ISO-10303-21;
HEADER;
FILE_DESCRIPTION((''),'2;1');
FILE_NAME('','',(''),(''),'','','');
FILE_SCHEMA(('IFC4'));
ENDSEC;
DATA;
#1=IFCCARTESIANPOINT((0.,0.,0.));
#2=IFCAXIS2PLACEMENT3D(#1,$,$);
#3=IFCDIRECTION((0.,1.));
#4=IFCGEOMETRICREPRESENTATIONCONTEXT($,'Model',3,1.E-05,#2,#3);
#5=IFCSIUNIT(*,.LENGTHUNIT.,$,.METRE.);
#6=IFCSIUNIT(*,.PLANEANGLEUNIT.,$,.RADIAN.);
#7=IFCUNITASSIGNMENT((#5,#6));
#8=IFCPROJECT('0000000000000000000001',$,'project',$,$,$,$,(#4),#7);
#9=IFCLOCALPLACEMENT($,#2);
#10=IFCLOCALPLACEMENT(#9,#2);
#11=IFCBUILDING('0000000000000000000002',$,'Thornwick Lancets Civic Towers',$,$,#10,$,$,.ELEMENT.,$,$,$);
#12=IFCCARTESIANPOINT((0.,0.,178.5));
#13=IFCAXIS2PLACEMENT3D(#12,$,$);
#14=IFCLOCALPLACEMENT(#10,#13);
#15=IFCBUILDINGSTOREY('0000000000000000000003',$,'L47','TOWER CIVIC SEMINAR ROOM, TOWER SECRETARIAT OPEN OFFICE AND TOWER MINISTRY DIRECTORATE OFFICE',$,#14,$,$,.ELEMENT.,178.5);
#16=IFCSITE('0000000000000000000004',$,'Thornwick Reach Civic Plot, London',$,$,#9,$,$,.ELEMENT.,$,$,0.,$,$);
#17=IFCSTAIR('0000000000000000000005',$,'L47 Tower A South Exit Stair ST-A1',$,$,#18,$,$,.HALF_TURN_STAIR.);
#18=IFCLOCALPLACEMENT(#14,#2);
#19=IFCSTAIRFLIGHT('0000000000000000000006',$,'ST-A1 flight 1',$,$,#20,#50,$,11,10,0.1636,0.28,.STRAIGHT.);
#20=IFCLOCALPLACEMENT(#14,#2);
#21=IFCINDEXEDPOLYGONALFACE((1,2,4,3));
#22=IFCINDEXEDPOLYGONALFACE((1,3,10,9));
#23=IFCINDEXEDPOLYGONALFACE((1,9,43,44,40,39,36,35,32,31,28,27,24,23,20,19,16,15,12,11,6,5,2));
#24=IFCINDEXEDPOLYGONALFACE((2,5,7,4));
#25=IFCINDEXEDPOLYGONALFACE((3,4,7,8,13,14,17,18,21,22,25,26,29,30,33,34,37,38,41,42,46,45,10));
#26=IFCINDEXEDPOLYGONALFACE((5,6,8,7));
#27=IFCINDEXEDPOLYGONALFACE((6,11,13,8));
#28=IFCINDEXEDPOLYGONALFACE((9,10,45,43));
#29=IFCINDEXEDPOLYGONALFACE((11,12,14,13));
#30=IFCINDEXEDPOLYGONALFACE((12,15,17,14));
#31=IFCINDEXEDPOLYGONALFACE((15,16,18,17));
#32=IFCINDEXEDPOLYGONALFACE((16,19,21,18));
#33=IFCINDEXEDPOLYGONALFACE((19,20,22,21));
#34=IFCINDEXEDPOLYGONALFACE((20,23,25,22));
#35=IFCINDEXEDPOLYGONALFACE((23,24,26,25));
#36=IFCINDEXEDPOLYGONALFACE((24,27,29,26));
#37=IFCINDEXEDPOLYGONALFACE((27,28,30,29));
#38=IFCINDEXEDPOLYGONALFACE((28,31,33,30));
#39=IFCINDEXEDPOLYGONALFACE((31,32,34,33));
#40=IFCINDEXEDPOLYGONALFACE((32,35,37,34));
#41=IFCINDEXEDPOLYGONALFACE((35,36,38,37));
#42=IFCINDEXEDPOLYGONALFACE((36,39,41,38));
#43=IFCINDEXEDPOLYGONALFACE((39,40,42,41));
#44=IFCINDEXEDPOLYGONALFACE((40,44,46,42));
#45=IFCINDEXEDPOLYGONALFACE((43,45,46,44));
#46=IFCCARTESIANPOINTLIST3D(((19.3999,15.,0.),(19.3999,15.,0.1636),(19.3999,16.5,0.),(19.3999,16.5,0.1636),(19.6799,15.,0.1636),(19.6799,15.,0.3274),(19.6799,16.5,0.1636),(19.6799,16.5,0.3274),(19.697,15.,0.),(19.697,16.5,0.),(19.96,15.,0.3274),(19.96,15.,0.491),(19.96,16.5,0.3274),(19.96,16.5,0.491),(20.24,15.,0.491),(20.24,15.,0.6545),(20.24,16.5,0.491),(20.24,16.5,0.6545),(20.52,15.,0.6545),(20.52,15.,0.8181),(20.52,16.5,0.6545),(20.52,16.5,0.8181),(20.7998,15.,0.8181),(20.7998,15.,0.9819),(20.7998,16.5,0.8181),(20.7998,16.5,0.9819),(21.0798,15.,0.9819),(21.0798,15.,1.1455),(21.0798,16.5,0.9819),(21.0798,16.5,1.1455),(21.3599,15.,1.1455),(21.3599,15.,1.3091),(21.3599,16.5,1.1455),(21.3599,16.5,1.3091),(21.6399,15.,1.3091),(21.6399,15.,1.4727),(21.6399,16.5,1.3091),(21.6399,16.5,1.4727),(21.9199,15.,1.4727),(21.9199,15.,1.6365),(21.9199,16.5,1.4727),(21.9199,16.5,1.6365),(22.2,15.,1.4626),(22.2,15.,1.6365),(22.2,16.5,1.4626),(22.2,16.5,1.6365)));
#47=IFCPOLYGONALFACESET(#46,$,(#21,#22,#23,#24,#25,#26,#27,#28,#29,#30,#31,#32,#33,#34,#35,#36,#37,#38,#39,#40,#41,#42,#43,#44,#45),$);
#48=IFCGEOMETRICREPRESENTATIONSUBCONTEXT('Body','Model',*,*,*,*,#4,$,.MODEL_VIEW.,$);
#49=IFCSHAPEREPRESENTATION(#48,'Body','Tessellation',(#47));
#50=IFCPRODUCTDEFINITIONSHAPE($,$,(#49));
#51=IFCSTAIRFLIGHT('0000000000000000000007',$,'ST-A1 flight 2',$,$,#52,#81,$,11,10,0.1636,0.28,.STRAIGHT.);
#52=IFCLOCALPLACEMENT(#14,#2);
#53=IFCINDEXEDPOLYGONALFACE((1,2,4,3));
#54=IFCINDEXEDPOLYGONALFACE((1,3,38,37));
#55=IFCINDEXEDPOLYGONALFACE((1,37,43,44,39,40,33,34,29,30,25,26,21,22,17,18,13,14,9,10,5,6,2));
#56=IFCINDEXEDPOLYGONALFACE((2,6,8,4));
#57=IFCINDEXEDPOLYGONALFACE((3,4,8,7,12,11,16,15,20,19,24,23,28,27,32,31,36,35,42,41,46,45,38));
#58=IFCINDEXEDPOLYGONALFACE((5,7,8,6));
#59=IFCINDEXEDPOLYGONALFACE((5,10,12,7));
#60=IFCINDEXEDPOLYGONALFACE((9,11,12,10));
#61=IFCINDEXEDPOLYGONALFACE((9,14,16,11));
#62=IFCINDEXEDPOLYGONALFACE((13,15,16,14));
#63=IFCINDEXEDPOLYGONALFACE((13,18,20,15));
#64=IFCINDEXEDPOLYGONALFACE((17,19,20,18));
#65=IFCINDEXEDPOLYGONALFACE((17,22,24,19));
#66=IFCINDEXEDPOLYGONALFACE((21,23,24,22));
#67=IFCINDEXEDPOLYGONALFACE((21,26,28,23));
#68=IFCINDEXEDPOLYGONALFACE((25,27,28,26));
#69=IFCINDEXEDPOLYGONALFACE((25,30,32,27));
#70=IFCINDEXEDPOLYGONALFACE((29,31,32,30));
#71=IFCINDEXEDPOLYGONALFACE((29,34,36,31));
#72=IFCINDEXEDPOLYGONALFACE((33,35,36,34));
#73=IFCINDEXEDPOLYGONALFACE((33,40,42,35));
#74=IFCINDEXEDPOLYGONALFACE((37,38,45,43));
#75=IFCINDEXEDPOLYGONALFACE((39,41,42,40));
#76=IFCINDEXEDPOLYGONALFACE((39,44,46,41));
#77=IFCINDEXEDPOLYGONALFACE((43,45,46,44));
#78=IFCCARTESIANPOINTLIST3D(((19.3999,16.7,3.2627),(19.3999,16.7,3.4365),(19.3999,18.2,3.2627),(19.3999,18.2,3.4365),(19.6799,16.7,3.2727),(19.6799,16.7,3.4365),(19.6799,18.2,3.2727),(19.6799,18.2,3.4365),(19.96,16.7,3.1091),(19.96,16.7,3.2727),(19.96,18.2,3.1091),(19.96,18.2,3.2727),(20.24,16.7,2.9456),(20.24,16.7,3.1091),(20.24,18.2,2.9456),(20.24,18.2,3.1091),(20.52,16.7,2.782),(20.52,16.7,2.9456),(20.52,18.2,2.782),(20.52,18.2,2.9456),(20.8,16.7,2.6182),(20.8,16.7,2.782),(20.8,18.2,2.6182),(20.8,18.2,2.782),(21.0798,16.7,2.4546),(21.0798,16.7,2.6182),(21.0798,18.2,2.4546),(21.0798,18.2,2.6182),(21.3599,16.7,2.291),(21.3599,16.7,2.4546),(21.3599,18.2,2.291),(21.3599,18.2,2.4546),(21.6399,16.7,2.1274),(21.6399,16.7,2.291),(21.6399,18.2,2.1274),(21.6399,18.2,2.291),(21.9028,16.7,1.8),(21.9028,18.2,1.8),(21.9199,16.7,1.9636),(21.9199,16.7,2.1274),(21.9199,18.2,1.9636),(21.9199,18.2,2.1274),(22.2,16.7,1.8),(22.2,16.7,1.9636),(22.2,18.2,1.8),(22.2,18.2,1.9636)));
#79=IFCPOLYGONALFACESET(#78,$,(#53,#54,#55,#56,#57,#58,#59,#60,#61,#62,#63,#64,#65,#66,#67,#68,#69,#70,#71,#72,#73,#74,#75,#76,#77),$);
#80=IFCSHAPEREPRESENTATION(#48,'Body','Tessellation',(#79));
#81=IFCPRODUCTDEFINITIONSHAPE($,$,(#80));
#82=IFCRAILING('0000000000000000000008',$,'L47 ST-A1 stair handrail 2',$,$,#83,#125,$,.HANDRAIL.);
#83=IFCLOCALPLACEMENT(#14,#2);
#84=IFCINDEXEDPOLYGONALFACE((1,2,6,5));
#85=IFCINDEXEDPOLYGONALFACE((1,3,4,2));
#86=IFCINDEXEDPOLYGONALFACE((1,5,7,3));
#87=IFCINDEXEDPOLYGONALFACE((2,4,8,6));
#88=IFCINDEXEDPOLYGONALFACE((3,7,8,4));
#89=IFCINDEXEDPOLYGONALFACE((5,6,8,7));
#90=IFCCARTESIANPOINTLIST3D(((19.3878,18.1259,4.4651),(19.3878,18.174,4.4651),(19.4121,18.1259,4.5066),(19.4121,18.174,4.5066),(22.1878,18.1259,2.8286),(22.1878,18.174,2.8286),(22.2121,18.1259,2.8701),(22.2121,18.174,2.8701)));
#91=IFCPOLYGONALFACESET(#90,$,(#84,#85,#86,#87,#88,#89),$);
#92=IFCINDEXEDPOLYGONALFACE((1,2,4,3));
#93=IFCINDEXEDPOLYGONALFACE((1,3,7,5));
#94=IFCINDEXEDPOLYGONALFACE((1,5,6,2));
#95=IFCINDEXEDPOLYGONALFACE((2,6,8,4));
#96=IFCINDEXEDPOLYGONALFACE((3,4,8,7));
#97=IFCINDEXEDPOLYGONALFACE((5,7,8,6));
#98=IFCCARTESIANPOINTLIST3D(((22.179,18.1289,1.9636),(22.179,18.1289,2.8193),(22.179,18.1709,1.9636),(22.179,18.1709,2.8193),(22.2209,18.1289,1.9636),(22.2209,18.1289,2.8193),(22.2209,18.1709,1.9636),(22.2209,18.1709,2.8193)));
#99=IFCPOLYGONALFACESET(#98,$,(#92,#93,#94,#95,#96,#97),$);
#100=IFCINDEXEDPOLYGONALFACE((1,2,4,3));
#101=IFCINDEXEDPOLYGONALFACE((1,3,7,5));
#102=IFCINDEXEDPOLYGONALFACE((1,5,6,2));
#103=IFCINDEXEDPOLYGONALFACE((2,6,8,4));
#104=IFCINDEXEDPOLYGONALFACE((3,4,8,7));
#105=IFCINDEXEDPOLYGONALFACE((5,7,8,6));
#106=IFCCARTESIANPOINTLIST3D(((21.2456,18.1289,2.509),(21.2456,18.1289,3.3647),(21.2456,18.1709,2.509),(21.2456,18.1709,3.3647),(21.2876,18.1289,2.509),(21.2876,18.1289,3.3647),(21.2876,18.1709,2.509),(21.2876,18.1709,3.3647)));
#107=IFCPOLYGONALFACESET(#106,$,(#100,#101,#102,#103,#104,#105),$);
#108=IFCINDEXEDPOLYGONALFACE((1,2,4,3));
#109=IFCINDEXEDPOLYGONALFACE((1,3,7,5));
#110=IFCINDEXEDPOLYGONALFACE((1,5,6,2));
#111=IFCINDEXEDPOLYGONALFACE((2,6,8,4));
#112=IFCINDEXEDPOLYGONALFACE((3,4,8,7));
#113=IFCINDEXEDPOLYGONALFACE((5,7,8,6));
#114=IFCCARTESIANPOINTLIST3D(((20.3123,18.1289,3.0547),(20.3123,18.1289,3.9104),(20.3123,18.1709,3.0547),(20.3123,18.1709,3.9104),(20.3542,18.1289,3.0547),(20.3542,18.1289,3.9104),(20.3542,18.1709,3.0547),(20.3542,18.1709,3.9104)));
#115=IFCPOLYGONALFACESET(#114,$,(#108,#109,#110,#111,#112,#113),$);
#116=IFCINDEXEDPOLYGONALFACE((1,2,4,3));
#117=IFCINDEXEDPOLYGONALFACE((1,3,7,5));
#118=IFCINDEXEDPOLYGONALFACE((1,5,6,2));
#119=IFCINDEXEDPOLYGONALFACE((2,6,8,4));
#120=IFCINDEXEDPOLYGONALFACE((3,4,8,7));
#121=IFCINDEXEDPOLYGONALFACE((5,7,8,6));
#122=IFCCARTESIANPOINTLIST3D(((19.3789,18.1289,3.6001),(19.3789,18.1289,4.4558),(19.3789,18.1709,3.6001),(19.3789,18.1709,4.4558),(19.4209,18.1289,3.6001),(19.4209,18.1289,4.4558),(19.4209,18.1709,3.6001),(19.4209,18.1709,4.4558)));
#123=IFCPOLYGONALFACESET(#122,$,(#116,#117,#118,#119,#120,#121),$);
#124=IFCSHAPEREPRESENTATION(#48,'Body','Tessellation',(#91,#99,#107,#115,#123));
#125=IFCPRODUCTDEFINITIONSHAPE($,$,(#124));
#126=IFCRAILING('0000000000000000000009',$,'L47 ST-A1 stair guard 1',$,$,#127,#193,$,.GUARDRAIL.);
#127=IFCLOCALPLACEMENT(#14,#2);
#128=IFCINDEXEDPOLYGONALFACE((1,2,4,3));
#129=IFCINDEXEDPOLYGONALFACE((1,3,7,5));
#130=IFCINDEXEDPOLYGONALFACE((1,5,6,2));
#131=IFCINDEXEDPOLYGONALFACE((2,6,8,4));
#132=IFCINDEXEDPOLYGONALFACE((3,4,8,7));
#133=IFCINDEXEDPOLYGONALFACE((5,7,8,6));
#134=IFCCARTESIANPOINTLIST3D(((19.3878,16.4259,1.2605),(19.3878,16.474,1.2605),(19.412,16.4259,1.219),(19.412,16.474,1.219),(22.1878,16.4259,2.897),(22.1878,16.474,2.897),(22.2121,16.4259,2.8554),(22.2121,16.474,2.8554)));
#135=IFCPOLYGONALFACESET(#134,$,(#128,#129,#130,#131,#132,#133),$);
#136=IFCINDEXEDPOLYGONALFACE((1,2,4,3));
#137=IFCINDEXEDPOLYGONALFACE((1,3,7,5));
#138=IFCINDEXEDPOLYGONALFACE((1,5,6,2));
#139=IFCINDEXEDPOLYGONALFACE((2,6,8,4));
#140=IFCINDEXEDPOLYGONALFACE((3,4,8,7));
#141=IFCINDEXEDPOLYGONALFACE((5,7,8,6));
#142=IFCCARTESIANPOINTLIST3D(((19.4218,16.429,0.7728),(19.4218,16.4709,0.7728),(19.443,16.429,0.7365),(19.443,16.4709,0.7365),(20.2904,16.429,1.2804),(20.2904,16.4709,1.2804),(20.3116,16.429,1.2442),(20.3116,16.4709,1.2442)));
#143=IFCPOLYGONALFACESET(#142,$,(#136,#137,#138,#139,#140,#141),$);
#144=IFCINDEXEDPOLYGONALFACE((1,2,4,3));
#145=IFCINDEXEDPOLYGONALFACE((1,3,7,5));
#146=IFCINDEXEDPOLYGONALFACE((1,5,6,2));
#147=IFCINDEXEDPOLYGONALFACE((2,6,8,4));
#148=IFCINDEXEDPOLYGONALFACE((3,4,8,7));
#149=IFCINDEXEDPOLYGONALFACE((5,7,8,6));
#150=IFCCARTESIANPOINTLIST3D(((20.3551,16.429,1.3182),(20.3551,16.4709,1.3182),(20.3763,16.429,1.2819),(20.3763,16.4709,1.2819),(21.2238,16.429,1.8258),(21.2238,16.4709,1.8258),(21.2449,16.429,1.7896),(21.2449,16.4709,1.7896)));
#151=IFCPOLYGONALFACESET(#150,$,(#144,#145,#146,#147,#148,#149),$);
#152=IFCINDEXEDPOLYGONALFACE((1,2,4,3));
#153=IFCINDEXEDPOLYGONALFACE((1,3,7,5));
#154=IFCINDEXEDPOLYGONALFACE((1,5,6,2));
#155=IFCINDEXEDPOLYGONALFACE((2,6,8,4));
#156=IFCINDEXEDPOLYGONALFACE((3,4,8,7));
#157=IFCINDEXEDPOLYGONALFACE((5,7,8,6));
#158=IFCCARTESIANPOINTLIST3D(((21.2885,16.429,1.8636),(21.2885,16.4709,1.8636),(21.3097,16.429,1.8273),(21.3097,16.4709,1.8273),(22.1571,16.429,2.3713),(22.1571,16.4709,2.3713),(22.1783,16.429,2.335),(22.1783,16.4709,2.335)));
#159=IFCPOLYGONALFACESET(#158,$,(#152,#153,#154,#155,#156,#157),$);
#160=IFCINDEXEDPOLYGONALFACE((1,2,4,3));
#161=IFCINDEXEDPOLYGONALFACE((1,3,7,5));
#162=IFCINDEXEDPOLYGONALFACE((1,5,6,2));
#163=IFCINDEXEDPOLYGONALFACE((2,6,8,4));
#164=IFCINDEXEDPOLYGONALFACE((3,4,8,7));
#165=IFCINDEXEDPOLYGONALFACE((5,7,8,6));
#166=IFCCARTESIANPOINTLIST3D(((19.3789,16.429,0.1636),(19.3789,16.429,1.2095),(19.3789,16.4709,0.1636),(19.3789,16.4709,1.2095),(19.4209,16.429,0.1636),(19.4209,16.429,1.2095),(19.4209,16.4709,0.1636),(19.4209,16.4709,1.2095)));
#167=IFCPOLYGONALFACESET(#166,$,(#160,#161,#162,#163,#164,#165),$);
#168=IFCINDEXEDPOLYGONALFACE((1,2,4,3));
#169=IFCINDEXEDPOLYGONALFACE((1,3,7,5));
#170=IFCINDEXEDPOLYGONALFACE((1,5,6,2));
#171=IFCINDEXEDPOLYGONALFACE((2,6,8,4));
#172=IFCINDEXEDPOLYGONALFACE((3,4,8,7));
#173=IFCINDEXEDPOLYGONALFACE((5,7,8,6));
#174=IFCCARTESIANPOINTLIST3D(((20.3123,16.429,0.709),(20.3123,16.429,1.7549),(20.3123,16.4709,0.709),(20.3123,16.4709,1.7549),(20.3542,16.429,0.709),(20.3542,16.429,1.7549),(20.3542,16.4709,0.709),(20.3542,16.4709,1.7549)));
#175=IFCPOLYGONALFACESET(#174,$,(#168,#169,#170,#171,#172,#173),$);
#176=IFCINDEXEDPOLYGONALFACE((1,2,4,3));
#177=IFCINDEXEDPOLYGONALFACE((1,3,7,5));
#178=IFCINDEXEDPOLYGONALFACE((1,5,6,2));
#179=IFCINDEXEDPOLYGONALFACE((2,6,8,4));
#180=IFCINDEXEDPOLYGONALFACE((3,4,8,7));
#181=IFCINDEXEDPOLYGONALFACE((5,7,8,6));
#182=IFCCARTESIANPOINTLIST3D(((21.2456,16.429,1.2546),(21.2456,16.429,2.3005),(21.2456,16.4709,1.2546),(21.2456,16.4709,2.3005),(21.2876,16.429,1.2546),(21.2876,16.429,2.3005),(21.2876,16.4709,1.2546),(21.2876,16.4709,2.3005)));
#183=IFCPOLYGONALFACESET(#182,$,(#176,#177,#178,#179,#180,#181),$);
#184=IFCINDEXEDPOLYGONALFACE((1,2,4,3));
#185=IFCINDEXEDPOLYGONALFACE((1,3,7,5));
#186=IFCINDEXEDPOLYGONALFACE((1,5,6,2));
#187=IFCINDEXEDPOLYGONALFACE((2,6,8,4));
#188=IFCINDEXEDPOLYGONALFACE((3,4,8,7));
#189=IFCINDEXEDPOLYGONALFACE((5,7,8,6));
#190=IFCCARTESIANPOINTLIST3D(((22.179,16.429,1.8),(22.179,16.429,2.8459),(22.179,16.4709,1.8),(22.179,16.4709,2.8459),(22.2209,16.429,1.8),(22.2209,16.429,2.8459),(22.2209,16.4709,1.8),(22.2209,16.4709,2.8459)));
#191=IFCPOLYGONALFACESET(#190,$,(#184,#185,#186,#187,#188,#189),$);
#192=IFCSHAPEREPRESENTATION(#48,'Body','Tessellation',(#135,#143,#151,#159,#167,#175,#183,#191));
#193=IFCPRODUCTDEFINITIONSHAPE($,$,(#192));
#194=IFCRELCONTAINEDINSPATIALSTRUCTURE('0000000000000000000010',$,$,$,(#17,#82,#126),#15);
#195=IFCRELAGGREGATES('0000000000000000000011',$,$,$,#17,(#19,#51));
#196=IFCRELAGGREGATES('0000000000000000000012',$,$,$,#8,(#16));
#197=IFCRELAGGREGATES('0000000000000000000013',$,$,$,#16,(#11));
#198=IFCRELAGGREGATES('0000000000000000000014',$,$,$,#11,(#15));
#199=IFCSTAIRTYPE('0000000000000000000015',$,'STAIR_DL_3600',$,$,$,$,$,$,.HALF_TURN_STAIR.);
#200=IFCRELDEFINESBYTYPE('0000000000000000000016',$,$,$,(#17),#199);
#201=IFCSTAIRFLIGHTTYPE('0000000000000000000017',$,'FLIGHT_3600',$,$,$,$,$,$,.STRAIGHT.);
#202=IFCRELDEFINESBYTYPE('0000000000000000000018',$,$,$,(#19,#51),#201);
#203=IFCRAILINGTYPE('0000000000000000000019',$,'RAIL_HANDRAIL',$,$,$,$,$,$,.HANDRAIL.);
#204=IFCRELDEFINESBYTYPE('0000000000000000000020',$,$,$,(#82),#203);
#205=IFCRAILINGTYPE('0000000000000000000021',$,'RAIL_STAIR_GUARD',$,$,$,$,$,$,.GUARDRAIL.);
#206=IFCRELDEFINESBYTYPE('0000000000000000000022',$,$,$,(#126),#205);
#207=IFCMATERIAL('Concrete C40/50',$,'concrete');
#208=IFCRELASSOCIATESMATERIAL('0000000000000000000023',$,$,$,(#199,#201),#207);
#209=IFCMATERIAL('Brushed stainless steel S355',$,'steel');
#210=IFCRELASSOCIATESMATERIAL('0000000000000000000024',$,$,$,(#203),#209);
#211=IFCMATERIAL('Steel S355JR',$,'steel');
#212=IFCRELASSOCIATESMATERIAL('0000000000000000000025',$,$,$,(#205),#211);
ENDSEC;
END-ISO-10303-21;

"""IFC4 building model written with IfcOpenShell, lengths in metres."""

from ifc_helpers import new_model, si_unit, direction, frame, origin, origin_2d, place, context, subcontext, project, spatial, polyline, rectangle, outline, extrude, material, type_object, element, aggregate, save


model = new_model("IFC4")

# Units and contexts
model_context = context("Model", 3, precision=1e-05, world=origin(), true_north=direction((0.0, 1.0)))
body_context = subcontext(model_context, "Body", "Model", "MODEL_VIEW")
ifc_project = project(units=[si_unit("LENGTHUNIT", "METRE"), si_unit("PLANEANGLEUNIT", "RADIAN")], contexts=[model_context])

# Site, building, storey
site_placement = place(None, origin())
site = spatial("IfcSite", under=ifc_project, at=site_placement, Name="Thornwick Reach Civic Plot, London", CompositionType="ELEMENT", RefElevation=0.0)
building_placement = place(site_placement, origin())
building = spatial("IfcBuilding", under=site, at=building_placement, Name="Thornwick Lancets Civic Towers", CompositionType="ELEMENT")
storey_placement = place(building_placement, frame((0.0, 0.0, 178.5)))
storey = spatial("IfcBuildingStorey", under=building, at=storey_placement, Name="L47", Description="TOWER CIVIC SEMINAR ROOM, TOWER SECRETARIAT OPEN OFFICE AND TOWER MINISTRY DIRECTORATE OFFICE", CompositionType="ELEMENT", Elevation=178.5)

# Shared definitions
ifc_material_1 = material(Name="Steel S355JR", Category="steel")

# Stair, stair flights
ifc_material_2 = material(Name="Concrete C40/50", Category="concrete")
stair_type = type_object("IfcStairType", Name="STAIR_DL_3600", PredefinedType="HALF_TURN_STAIR", material=ifc_material_2)
stair_placement = place(storey_placement, origin())
stair = element("IfcStair", 1, at=stair_placement, inside=storey, type_object=stair_type, Name="L47 Tower A South Exit Stair ST-A1", PredefinedType="HALF_TURN_STAIR")
stair_flight_type = type_object("IfcStairFlightType", Name="FLIGHT_3600", PredefinedType="STRAIGHT", material=ifc_material_2)
stair_flight_1_placement = place(storey_placement, frame((19.3999, 15.75, 0.0), z_axis=(0.0, 0.0, 1.0), x_axis=(1.0, 0.0, 0.0)))
stair_flight_1 = element("IfcStairFlight", 2, at=stair_flight_1_placement, type_object=stair_flight_type, Name="ST-A1 flight 1", NumberOfRisers=11, NumberOfTreads=10, PredefinedType="STRAIGHT", RiserHeight=0.1636, TreadLength=0.28, context=body_context, shape_type="SweptSolid", body=[
    extrude(outline(polyline([(0.0, 0.0), (0.0, 0.1636), (0.28, 0.1636), (0.28, 0.3274), (0.5601, 0.3274), (0.5601, 0.491), (0.8401, 0.491), (0.8401, 0.6545), (1.1201, 0.6545), (1.1201, 0.8181), (1.3999, 0.8181), (1.3999, 0.9819), (1.6799, 0.9819), (1.6799, 1.1455), (1.96, 1.1455), (1.96, 1.3091), (2.24, 1.3091), (2.24, 1.4727), (2.52, 1.4727), (2.52, 1.6365), (2.8, 1.6365), (2.8, 1.8), (2.8, 1.4626), (0.2971, 0.0), (0.0, 0.0)])), frame((0.0, 0.75, 0.0), z_axis=(0.0, -1.0, 0.0), x_axis=(1.0, 0.0, 0.0)), (0.0, 0.0, 1.0), 1.5),
])
stair_flight_2_placement = place(storey_placement, frame((22.2, 17.45, 1.8), z_axis=(0.0, 0.0, 1.0), x_axis=(-1.0, 0.0, 0.0)))
stair_flight_2 = element("IfcStairFlight", 3, at=stair_flight_2_placement, type_object=stair_flight_type, Name="ST-A1 flight 2", NumberOfRisers=11, NumberOfTreads=10, PredefinedType="STRAIGHT", RiserHeight=0.1636, TreadLength=0.28, context=body_context, shape_type="SweptSolid", body=[
    extrude(outline(polyline([(0.0, 0.0), (0.0, 0.1636), (0.28, 0.1636), (0.28, 0.3274), (0.5601, 0.3274), (0.5601, 0.491), (0.8401, 0.491), (0.8401, 0.6545), (1.1201, 0.6545), (1.1201, 0.8181), (1.3999, 0.8181), (1.3999, 0.9819), (1.6799, 0.9819), (1.6799, 1.1455), (1.96, 1.1455), (1.96, 1.3091), (2.24, 1.3091), (2.24, 1.4727), (2.52, 1.4727), (2.52, 1.6365), (2.8, 1.6365), (2.8, 1.8), (2.8, 1.4626), (0.2971, 0.0), (0.0, 0.0)])), frame((0.0, 0.75, 0.0), z_axis=(0.0, -1.0, 0.0), x_axis=(1.0, 0.0, 0.0)), (0.0, 0.0, 1.0), 1.5),
])
aggregate(stair, [stair_flight_1, stair_flight_2])

# Railings
ifc_material_3 = material(Name="Brushed stainless steel S355", Category="steel")
railing_type_1 = type_object("IfcRailingType", Name="RAIL_HANDRAIL", PredefinedType="HANDRAIL", material=ifc_material_3)
railing_1_placement = place(storey_placement, frame((22.2, 18.1499, 1.9636)))
element("IfcRailing", 4, at=railing_1_placement, inside=storey, type_object=railing_type_1, Name="L47 ST-A1 stair handrail 2", PredefinedType="HANDRAIL", context=body_context, shape_type="SweptSolid", body=[
    extrude(rectangle(XDim=0.0481, YDim=0.0481, at=origin_2d()), frame((0.0, 0.0, 0.8857), z_axis=(-0.863361, 0.0, 0.504587), x_axis=(0.0, -1.0, 0.0)), (0.0, 0.0, 1.0), 3.2432),
    extrude(rectangle(XDim=0.042, YDim=0.042, at=origin_2d()), origin(), (0.0, 0.0, 1.0), 0.8557),
    extrude(rectangle(XDim=0.042, YDim=0.042, at=origin_2d()), frame((-0.9333, 0.0, 0.5454)), (0.0, 0.0, 1.0), 0.8557),
    extrude(rectangle(XDim=0.042, YDim=0.042, at=origin_2d()), frame((-1.8667, 0.0, 1.0911)), (0.0, 0.0, 1.0), 0.8557),
    extrude(rectangle(XDim=0.042, YDim=0.042, at=origin_2d()), frame((-2.8, 0.0, 1.6365)), (0.0, 0.0, 1.0), 0.8557),
])
railing_type_2 = type_object("IfcRailingType", Name="RAIL_STAIR_GUARD", PredefinedType="GUARDRAIL", material=ifc_material_1)
railing_2_placement = place(storey_placement, frame((19.3999, 16.45, 0.1636)))
element("IfcRailing", 5, at=railing_2_placement, inside=storey, type_object=railing_type_2, Name="L47 ST-A1 stair guard 1", PredefinedType="GUARDRAIL", context=body_context, shape_type="SweptSolid", body=[
    extrude(rectangle(XDim=0.0481, YDim=0.0481, at=origin_2d()), frame((0.0, 0.0, 1.0762), z_axis=(0.863361, 0.0, 0.504587), x_axis=(0.0, 1.0, 0.0)), (0.0, 0.0, 1.0), 3.2432),
    extrude(rectangle(XDim=0.042, YDim=0.042, at=origin_2d()), frame((0.0325, 0.0, 0.5911), z_axis=(0.863361, 0.0, 0.504587), x_axis=(0.0, 1.0, 0.0)), (0.0, 0.0, 1.0), 1.0061),
    extrude(rectangle(XDim=0.042, YDim=0.042, at=origin_2d()), frame((0.9658, 0.0, 1.1365), z_axis=(0.863361, 0.0, 0.504587), x_axis=(0.0, 1.0, 0.0)), (0.0, 0.0, 1.0), 1.0061),
    extrude(rectangle(XDim=0.042, YDim=0.042, at=origin_2d()), frame((1.8992, 0.0, 1.6819), z_axis=(0.863361, 0.0, 0.504587), x_axis=(0.0, 1.0, 0.0)), (0.0, 0.0, 1.0), 1.0061),
    extrude(rectangle(XDim=0.042, YDim=0.042, at=origin_2d()), origin(), (0.0, 0.0, 1.0), 1.0459),
    extrude(rectangle(XDim=0.042, YDim=0.042, at=origin_2d()), frame((0.9333, 0.0, 0.5454)), (0.0, 0.0, 1.0), 1.0459),
    extrude(rectangle(XDim=0.042, YDim=0.042, at=origin_2d()), frame((1.8667, 0.0, 1.0911)), (0.0, 0.0, 1.0), 1.0459),
    extrude(rectangle(XDim=0.042, YDim=0.042, at=origin_2d()), frame((2.8, 0.0, 1.6365)), (0.0, 0.0, 1.0), 1.0459),
])

save(model, "model.ifc")
